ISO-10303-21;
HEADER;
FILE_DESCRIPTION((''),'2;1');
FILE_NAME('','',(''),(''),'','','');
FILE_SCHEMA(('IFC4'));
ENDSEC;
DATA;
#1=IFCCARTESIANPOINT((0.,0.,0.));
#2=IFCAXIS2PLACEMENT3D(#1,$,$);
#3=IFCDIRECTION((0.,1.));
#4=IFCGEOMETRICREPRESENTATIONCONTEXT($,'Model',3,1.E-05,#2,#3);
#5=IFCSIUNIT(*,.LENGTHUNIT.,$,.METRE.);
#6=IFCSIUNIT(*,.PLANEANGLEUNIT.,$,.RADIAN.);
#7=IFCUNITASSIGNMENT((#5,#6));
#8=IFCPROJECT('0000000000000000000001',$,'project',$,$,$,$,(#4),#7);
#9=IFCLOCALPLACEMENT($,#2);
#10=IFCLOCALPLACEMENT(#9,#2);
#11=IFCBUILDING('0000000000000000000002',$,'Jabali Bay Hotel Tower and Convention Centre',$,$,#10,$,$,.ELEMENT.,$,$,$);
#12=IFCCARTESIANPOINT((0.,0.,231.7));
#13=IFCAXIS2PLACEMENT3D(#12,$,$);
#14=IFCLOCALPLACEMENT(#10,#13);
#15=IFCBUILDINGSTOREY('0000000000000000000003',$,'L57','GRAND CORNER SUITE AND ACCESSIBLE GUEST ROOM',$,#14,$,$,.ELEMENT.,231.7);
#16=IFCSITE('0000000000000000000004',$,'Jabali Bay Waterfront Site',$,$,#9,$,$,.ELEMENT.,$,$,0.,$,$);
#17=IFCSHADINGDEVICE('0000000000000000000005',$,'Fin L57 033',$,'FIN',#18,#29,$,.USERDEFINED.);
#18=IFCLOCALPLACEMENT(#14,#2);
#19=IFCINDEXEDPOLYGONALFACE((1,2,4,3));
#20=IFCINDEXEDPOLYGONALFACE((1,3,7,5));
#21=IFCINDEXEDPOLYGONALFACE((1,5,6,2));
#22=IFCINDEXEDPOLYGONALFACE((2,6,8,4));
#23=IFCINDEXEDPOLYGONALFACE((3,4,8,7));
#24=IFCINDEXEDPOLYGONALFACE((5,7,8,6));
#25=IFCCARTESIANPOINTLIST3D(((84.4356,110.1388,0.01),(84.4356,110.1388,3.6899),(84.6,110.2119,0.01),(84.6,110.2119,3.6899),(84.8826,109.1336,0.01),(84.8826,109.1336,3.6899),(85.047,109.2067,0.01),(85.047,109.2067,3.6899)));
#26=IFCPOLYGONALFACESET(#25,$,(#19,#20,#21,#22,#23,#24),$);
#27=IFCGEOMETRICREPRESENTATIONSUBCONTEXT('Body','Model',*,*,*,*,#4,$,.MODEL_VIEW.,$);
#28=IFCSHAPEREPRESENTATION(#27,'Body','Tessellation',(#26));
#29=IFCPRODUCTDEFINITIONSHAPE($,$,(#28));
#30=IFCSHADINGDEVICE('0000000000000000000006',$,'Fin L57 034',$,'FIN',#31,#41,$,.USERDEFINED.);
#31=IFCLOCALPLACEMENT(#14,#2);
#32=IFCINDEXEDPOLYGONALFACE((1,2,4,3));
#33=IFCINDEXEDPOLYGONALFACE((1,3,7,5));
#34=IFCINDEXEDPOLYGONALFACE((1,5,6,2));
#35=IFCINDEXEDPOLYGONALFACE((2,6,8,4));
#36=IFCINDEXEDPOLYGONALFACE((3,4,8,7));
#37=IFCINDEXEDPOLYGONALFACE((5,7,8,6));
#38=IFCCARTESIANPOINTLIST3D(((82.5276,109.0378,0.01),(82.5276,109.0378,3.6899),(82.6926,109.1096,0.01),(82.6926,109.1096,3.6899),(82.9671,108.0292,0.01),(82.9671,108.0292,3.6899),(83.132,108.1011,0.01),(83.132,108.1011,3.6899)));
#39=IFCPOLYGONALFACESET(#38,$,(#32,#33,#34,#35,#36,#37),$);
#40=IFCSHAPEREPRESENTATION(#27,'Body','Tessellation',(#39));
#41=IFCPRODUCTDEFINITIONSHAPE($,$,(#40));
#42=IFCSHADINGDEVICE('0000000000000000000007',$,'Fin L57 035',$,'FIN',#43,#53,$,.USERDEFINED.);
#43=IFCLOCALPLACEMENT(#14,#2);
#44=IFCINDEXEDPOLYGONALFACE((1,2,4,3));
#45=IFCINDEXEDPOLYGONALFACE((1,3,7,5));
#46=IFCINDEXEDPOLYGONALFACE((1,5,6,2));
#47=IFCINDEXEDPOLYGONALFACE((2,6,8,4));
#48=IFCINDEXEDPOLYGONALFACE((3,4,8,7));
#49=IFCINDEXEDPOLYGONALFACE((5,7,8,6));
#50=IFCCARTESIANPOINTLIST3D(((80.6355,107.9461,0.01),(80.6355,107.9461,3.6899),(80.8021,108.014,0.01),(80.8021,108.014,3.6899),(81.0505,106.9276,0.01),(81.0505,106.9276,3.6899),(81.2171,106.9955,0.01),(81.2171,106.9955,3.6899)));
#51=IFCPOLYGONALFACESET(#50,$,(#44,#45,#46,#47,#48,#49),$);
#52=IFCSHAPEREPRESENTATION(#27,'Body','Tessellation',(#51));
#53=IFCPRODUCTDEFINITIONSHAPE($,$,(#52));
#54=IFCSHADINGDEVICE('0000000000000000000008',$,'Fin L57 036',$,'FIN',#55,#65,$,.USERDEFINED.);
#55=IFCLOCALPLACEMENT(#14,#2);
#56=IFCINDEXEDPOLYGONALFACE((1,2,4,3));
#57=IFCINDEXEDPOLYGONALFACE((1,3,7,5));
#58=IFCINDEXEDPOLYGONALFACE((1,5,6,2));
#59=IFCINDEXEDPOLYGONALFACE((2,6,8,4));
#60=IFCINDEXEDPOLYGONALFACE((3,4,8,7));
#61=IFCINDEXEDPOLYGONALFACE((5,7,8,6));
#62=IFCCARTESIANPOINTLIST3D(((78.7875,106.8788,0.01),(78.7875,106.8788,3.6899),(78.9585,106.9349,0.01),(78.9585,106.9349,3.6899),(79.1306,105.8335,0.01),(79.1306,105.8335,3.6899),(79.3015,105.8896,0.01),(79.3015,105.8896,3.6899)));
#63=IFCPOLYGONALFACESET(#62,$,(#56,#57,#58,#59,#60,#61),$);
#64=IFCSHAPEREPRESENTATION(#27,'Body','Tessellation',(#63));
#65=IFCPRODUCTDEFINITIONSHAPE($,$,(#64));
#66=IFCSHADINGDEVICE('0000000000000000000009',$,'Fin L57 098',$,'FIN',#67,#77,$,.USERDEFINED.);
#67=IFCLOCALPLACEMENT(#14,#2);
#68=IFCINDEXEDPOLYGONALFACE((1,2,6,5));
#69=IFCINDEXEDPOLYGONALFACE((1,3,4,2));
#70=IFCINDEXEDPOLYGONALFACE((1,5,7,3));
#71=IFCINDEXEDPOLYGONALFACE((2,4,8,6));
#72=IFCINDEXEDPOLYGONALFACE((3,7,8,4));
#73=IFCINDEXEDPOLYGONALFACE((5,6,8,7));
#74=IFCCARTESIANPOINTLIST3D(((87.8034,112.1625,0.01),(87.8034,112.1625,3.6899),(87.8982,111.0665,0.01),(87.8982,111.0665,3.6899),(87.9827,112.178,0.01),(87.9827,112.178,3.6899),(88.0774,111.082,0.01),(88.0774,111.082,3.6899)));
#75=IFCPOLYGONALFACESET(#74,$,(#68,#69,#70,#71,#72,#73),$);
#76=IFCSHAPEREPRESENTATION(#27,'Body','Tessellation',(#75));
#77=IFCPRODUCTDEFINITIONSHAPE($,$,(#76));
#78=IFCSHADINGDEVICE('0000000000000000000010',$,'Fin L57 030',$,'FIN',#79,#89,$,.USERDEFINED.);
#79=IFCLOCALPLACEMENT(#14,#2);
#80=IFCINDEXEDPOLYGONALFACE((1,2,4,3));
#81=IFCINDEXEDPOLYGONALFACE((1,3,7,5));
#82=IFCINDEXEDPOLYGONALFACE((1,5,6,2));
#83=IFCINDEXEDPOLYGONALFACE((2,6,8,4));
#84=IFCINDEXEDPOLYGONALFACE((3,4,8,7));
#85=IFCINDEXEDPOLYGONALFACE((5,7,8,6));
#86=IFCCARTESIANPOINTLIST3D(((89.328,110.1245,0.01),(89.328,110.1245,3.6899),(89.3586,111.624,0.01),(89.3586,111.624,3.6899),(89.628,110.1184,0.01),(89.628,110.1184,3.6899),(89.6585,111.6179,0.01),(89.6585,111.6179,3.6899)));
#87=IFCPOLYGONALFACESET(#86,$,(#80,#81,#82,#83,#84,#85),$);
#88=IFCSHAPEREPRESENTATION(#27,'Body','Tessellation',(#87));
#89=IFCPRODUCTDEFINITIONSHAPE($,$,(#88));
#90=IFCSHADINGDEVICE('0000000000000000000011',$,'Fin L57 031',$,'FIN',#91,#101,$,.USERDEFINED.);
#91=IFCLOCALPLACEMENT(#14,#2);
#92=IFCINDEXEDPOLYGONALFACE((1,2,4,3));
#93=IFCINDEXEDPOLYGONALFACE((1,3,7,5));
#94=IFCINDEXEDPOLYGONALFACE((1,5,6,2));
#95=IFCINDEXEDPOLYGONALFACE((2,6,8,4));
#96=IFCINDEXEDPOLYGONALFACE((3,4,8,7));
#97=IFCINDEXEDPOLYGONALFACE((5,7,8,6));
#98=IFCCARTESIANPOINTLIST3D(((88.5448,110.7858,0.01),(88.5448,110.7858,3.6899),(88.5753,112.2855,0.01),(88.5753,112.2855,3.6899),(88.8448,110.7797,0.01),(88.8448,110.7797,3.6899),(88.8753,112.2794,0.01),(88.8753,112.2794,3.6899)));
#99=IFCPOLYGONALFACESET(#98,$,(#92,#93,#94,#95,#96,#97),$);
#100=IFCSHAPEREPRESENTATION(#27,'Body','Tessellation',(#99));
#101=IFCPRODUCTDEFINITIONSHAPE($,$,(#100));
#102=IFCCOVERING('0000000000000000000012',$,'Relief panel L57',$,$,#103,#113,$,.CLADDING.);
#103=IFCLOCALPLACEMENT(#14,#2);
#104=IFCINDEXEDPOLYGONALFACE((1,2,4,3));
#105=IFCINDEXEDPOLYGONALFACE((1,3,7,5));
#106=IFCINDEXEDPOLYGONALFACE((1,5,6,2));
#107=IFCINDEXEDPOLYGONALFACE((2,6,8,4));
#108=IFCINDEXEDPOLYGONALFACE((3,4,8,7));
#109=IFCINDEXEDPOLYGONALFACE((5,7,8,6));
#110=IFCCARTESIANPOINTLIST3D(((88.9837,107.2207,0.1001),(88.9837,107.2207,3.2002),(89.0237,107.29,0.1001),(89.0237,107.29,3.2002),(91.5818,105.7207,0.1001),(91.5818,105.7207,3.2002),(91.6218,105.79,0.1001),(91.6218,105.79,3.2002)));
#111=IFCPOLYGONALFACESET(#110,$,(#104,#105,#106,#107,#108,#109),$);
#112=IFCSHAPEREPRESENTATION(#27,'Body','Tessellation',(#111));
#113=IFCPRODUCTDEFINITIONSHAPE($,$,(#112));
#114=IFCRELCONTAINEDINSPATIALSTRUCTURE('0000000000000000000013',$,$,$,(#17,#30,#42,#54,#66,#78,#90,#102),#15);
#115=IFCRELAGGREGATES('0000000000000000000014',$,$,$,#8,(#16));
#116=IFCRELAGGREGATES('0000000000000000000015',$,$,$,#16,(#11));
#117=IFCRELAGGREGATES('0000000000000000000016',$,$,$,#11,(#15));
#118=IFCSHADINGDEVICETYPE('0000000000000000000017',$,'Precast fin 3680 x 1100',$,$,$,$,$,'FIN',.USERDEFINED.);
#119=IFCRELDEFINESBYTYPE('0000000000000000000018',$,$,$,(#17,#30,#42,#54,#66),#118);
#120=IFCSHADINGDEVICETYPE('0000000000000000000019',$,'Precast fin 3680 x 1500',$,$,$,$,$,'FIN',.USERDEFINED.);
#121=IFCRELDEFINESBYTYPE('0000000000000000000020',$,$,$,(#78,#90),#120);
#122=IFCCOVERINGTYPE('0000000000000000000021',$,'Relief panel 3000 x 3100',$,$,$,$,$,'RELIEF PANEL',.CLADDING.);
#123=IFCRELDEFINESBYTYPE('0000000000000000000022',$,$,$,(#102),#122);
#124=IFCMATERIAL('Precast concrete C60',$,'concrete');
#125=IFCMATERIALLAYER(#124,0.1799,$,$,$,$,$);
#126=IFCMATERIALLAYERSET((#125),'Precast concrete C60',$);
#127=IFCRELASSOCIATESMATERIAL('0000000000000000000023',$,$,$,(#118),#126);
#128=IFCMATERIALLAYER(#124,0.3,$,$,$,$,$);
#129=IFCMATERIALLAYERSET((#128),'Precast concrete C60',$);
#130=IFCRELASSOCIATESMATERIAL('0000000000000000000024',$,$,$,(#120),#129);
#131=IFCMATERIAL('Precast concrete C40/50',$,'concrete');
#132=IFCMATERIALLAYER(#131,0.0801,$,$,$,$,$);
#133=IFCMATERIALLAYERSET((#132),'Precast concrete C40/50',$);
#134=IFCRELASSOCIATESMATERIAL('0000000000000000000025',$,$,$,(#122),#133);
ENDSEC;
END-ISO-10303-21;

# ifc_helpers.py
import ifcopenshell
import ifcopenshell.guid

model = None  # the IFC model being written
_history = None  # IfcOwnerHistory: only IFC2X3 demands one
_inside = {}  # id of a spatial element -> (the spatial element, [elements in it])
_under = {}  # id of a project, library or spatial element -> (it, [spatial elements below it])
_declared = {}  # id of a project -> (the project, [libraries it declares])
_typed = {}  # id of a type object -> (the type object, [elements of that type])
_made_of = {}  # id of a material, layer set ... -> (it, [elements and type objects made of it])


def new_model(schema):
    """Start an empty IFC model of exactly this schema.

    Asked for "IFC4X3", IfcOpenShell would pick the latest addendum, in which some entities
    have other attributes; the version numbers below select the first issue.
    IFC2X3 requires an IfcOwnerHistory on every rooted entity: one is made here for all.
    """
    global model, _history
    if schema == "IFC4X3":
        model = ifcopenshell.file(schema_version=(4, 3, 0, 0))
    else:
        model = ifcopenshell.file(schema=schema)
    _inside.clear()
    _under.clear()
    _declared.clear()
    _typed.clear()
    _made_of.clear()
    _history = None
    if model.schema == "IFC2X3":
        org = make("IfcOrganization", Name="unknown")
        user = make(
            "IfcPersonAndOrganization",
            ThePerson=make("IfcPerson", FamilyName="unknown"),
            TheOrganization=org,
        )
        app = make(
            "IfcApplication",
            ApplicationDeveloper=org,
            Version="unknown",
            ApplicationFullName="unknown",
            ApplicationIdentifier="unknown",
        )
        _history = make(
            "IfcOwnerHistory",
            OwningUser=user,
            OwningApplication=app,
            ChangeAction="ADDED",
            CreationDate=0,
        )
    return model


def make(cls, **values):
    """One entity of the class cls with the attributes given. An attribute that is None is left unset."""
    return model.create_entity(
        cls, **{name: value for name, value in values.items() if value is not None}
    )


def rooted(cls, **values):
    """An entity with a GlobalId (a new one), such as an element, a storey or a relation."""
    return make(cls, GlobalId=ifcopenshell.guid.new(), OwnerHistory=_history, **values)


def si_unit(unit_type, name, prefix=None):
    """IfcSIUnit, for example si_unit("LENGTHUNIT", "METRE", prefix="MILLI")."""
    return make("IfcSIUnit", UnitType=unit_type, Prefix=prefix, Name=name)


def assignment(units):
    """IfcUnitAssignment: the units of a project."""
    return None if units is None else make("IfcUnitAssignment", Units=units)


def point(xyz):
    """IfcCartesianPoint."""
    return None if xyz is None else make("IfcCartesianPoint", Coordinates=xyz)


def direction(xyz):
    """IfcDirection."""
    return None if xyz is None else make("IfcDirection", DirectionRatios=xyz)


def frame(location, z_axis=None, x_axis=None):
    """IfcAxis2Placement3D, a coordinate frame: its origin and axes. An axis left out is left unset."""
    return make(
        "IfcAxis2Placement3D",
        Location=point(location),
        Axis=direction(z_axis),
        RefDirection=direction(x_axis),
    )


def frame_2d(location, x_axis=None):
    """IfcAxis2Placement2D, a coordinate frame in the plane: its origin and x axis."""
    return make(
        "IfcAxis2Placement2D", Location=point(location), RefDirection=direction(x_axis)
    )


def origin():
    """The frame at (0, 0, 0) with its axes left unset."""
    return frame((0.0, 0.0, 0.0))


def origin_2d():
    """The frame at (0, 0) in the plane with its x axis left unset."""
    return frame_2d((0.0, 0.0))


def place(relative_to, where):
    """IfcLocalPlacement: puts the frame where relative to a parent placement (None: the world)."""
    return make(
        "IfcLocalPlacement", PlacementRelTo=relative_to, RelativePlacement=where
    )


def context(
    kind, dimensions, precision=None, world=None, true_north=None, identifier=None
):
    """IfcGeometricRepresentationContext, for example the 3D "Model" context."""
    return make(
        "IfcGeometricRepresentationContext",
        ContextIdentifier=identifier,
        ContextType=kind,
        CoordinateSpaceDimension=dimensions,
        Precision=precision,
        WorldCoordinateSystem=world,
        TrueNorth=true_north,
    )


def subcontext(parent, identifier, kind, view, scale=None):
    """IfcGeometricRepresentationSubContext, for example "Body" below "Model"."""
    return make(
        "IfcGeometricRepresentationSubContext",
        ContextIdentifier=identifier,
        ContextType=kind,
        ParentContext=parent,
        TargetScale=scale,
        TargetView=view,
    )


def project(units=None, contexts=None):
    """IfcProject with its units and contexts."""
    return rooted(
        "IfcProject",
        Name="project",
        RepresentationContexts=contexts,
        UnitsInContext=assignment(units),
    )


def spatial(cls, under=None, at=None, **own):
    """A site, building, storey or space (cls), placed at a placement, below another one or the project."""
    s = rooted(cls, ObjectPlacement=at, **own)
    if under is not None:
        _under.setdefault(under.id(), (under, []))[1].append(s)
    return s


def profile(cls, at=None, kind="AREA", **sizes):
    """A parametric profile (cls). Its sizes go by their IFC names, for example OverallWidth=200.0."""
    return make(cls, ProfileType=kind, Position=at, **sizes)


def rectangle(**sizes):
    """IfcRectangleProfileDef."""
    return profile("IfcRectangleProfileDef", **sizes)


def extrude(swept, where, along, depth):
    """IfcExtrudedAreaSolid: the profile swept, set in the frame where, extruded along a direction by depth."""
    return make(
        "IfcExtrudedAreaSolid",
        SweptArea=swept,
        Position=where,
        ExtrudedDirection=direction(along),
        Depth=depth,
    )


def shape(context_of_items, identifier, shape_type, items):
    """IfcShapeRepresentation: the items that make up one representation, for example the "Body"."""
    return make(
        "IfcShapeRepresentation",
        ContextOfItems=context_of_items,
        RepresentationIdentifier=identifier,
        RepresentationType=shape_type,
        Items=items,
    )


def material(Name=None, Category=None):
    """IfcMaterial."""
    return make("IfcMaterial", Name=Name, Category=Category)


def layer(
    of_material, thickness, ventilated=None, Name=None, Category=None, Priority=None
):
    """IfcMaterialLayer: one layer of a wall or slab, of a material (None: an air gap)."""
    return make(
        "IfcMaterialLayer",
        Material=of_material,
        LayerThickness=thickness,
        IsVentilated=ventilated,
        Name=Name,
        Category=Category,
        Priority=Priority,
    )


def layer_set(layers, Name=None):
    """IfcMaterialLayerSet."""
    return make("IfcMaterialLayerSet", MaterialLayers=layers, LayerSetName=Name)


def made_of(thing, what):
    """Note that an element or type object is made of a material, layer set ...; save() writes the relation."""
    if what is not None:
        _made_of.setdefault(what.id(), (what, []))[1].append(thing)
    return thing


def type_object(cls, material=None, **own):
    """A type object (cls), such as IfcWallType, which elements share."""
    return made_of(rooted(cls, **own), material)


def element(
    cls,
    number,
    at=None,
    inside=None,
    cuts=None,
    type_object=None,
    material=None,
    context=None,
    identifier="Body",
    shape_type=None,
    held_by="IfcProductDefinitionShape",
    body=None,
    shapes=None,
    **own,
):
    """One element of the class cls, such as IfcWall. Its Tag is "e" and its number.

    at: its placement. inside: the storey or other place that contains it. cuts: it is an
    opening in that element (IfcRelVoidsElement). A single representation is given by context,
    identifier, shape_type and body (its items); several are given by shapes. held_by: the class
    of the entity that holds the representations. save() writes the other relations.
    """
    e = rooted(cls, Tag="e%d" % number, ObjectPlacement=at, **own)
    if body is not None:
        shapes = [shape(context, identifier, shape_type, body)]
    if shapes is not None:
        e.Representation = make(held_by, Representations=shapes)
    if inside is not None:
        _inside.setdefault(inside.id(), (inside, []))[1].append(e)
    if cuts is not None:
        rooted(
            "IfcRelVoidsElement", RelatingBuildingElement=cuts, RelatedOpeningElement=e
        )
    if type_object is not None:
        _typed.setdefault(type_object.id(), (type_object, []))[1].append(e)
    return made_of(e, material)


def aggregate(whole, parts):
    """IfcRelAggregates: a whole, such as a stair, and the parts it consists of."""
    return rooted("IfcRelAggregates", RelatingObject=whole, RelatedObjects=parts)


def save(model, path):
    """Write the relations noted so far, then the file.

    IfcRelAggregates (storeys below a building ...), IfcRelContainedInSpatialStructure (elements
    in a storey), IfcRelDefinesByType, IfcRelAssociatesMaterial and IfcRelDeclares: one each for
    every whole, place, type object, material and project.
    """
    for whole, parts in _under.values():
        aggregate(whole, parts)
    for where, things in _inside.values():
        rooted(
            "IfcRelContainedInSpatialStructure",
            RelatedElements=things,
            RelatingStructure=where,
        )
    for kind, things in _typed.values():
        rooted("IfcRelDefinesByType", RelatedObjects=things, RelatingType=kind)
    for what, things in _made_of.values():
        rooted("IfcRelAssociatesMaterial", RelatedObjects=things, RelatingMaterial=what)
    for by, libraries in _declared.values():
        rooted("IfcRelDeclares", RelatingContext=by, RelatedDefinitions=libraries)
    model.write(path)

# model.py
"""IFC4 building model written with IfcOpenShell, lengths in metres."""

from ifc_helpers import new_model, si_unit, direction, frame, frame_2d, origin, origin_2d, place, context, subcontext, project, spatial, rectangle, extrude, material, layer, layer_set, type_object, element, save


model = new_model("IFC4")

# Units and contexts
model_context = context("Model", 3, precision=1e-05, world=origin(), true_north=direction((0.0, 1.0)))
body_context = subcontext(model_context, "Body", "Model", "MODEL_VIEW")
ifc_project = project(units=[si_unit("LENGTHUNIT", "METRE"), si_unit("PLANEANGLEUNIT", "RADIAN")], contexts=[model_context])

# Site, building, storey
site_placement = place(None, origin())
site = spatial("IfcSite", under=ifc_project, at=site_placement, Name="Jabali Bay Waterfront Site", CompositionType="ELEMENT", RefElevation=0.0)
building_placement = place(site_placement, origin())
building = spatial("IfcBuilding", under=site, at=building_placement, Name="Jabali Bay Hotel Tower and Convention Centre", CompositionType="ELEMENT")
storey_placement = place(building_placement, frame((0.0, 0.0, 231.7)))
storey = spatial("IfcBuildingStorey", under=building, at=storey_placement, Name="L57", Description="GRAND CORNER SUITE AND ACCESSIBLE GUEST ROOM", CompositionType="ELEMENT", Elevation=231.7)

# Shading devices
ifc_material_1 = material(Name="Precast concrete C60", Category="concrete")
ifc_layer_1 = layer(ifc_material_1, 0.1799)
ifc_layer_set_1 = layer_set([ifc_layer_1], Name="Precast concrete C60")
shading_device_type_1 = type_object("IfcShadingDeviceType", Name="Precast fin 3680 x 1100", ElementType="FIN", PredefinedType="USERDEFINED", material=ifc_layer_set_1)
for number, where, z_axis, x_axis, name in (
    (1, (84.9648, 109.1702, 0.01), (0.0, 0.0, 1.0), (-0.406365, 0.913711, 0.0), "Fin L57 033"),
    (2, (83.0496, 108.0652, 0.01), (0.0, 0.0, 1.0), (-0.399456, 0.916752, 0.0), "Fin L57 034"),
):
    element("IfcShadingDevice", number, at=place(storey_placement, frame(where, z_axis=z_axis, x_axis=x_axis)), inside=storey, type_object=shading_device_type_1, Name=name, ObjectType="FIN", PredefinedType="USERDEFINED", context=body_context, shape_type="SweptSolid", body=[
        extrude(rectangle(XDim=1.1001, YDim=0.1799, at=frame_2d((0.55, 0.0))), origin(), (0.0, 0.0, 1.0), 3.6799),
    ])
shading_device_1_placement = place(storey_placement, frame((81.1338, 106.9617, 0.01), z_axis=(0.0, 0.0, 1.0), x_axis=(-0.377353, 0.926069, 0.0)))
element("IfcShadingDevice", 3, at=shading_device_1_placement, inside=storey, type_object=shading_device_type_1, Name="Fin L57 035", ObjectType="FIN", PredefinedType="USERDEFINED", context=body_context, shape_type="SweptSolid", body=[
    extrude(rectangle(XDim=1.0999, YDim=0.1799, at=frame_2d((0.5498, 0.0))), origin(), (0.0, 0.0, 1.0), 3.6799),
])
for number, where, z_axis, x_axis, name in (
    (4, (79.2161, 105.8616, 0.01), (0.0, 0.0, 1.0), (-0.31183, 0.950138, 0.0), "Fin L57 036"),
    (5, (87.9878, 111.0742, 0.01), (0.0, 0.0, 1.0), (-0.086112, 0.996285, 0.0), "Fin L57 098"),
):
    element("IfcShadingDevice", number, at=place(storey_placement, frame(where, z_axis=z_axis, x_axis=x_axis)), inside=storey, type_object=shading_device_type_1, Name=name, ObjectType="FIN", PredefinedType="USERDEFINED", context=body_context, shape_type="SweptSolid", body=[
        extrude(rectangle(XDim=1.1001, YDim=0.1799, at=frame_2d((0.55, 0.0))), origin(), (0.0, 0.0, 1.0), 3.6799),
    ])
ifc_layer_2 = layer(ifc_material_1, 0.3)
ifc_layer_set_2 = layer_set([ifc_layer_2], Name="Precast concrete C60")
shading_device_type_2 = type_object("IfcShadingDeviceType", Name="Precast fin 3680 x 1500", ElementType="FIN", PredefinedType="USERDEFINED", material=ifc_layer_set_2)
shading_device_2_placement = place(storey_placement, frame((89.478, 110.1213, 0.01), z_axis=(0.0, 0.0, 1.0), x_axis=(0.020347, 0.999793, 0.0)))
element("IfcShadingDevice", 6, at=shading_device_2_placement, inside=storey, type_object=shading_device_type_2, Name="Fin L57 030", ObjectType="FIN", PredefinedType="USERDEFINED", context=body_context, shape_type="SweptSolid", body=[
    extrude(rectangle(XDim=1.4998, YDim=0.3, at=frame_2d((0.75, 0.0))), origin(), (0.0, 0.0, 1.0), 3.6799),
])
shading_device_3_placement = place(storey_placement, frame((88.6948, 110.7827, 0.01), z_axis=(0.0, 0.0, 1.0), x_axis=(0.020344, 0.999793, 0.0)))
element("IfcShadingDevice", 7, at=shading_device_3_placement, inside=storey, type_object=shading_device_type_2, Name="Fin L57 031", ObjectType="FIN", PredefinedType="USERDEFINED", context=body_context, shape_type="SweptSolid", body=[
    extrude(rectangle(XDim=1.5, YDim=0.3, at=frame_2d((0.75, 0.0))), origin(), (0.0, 0.0, 1.0), 3.6799),
])

# Covering
ifc_material_2 = material(Name="Precast concrete C40/50", Category="concrete")
ifc_layer_3 = layer(ifc_material_2, 0.0801)
ifc_layer_set_3 = layer_set([ifc_layer_3], Name="Precast concrete C40/50")
covering_type = type_object("IfcCoveringType", Name="Relief panel 3000 x 3100", ElementType="RELIEF PANEL", PredefinedType="CLADDING", material=ifc_layer_set_3)
covering_placement = place(storey_placement, frame((90.3027, 106.5054, 0.1001), z_axis=(0.0, 0.0, 1.0), x_axis=(0.866025, -0.5, 0.0)))
element("IfcCovering", 8, at=covering_placement, inside=storey, type_object=covering_type, Name="Relief panel L57", PredefinedType="CLADDING", context=body_context, shape_type="SweptSolid", body=[
    extrude(rectangle(XDim=3.0, YDim=0.0801, at=origin_2d()), origin(), (0.0, 0.0, 1.0), 3.1001),
])

save(model, "model.ifc")
